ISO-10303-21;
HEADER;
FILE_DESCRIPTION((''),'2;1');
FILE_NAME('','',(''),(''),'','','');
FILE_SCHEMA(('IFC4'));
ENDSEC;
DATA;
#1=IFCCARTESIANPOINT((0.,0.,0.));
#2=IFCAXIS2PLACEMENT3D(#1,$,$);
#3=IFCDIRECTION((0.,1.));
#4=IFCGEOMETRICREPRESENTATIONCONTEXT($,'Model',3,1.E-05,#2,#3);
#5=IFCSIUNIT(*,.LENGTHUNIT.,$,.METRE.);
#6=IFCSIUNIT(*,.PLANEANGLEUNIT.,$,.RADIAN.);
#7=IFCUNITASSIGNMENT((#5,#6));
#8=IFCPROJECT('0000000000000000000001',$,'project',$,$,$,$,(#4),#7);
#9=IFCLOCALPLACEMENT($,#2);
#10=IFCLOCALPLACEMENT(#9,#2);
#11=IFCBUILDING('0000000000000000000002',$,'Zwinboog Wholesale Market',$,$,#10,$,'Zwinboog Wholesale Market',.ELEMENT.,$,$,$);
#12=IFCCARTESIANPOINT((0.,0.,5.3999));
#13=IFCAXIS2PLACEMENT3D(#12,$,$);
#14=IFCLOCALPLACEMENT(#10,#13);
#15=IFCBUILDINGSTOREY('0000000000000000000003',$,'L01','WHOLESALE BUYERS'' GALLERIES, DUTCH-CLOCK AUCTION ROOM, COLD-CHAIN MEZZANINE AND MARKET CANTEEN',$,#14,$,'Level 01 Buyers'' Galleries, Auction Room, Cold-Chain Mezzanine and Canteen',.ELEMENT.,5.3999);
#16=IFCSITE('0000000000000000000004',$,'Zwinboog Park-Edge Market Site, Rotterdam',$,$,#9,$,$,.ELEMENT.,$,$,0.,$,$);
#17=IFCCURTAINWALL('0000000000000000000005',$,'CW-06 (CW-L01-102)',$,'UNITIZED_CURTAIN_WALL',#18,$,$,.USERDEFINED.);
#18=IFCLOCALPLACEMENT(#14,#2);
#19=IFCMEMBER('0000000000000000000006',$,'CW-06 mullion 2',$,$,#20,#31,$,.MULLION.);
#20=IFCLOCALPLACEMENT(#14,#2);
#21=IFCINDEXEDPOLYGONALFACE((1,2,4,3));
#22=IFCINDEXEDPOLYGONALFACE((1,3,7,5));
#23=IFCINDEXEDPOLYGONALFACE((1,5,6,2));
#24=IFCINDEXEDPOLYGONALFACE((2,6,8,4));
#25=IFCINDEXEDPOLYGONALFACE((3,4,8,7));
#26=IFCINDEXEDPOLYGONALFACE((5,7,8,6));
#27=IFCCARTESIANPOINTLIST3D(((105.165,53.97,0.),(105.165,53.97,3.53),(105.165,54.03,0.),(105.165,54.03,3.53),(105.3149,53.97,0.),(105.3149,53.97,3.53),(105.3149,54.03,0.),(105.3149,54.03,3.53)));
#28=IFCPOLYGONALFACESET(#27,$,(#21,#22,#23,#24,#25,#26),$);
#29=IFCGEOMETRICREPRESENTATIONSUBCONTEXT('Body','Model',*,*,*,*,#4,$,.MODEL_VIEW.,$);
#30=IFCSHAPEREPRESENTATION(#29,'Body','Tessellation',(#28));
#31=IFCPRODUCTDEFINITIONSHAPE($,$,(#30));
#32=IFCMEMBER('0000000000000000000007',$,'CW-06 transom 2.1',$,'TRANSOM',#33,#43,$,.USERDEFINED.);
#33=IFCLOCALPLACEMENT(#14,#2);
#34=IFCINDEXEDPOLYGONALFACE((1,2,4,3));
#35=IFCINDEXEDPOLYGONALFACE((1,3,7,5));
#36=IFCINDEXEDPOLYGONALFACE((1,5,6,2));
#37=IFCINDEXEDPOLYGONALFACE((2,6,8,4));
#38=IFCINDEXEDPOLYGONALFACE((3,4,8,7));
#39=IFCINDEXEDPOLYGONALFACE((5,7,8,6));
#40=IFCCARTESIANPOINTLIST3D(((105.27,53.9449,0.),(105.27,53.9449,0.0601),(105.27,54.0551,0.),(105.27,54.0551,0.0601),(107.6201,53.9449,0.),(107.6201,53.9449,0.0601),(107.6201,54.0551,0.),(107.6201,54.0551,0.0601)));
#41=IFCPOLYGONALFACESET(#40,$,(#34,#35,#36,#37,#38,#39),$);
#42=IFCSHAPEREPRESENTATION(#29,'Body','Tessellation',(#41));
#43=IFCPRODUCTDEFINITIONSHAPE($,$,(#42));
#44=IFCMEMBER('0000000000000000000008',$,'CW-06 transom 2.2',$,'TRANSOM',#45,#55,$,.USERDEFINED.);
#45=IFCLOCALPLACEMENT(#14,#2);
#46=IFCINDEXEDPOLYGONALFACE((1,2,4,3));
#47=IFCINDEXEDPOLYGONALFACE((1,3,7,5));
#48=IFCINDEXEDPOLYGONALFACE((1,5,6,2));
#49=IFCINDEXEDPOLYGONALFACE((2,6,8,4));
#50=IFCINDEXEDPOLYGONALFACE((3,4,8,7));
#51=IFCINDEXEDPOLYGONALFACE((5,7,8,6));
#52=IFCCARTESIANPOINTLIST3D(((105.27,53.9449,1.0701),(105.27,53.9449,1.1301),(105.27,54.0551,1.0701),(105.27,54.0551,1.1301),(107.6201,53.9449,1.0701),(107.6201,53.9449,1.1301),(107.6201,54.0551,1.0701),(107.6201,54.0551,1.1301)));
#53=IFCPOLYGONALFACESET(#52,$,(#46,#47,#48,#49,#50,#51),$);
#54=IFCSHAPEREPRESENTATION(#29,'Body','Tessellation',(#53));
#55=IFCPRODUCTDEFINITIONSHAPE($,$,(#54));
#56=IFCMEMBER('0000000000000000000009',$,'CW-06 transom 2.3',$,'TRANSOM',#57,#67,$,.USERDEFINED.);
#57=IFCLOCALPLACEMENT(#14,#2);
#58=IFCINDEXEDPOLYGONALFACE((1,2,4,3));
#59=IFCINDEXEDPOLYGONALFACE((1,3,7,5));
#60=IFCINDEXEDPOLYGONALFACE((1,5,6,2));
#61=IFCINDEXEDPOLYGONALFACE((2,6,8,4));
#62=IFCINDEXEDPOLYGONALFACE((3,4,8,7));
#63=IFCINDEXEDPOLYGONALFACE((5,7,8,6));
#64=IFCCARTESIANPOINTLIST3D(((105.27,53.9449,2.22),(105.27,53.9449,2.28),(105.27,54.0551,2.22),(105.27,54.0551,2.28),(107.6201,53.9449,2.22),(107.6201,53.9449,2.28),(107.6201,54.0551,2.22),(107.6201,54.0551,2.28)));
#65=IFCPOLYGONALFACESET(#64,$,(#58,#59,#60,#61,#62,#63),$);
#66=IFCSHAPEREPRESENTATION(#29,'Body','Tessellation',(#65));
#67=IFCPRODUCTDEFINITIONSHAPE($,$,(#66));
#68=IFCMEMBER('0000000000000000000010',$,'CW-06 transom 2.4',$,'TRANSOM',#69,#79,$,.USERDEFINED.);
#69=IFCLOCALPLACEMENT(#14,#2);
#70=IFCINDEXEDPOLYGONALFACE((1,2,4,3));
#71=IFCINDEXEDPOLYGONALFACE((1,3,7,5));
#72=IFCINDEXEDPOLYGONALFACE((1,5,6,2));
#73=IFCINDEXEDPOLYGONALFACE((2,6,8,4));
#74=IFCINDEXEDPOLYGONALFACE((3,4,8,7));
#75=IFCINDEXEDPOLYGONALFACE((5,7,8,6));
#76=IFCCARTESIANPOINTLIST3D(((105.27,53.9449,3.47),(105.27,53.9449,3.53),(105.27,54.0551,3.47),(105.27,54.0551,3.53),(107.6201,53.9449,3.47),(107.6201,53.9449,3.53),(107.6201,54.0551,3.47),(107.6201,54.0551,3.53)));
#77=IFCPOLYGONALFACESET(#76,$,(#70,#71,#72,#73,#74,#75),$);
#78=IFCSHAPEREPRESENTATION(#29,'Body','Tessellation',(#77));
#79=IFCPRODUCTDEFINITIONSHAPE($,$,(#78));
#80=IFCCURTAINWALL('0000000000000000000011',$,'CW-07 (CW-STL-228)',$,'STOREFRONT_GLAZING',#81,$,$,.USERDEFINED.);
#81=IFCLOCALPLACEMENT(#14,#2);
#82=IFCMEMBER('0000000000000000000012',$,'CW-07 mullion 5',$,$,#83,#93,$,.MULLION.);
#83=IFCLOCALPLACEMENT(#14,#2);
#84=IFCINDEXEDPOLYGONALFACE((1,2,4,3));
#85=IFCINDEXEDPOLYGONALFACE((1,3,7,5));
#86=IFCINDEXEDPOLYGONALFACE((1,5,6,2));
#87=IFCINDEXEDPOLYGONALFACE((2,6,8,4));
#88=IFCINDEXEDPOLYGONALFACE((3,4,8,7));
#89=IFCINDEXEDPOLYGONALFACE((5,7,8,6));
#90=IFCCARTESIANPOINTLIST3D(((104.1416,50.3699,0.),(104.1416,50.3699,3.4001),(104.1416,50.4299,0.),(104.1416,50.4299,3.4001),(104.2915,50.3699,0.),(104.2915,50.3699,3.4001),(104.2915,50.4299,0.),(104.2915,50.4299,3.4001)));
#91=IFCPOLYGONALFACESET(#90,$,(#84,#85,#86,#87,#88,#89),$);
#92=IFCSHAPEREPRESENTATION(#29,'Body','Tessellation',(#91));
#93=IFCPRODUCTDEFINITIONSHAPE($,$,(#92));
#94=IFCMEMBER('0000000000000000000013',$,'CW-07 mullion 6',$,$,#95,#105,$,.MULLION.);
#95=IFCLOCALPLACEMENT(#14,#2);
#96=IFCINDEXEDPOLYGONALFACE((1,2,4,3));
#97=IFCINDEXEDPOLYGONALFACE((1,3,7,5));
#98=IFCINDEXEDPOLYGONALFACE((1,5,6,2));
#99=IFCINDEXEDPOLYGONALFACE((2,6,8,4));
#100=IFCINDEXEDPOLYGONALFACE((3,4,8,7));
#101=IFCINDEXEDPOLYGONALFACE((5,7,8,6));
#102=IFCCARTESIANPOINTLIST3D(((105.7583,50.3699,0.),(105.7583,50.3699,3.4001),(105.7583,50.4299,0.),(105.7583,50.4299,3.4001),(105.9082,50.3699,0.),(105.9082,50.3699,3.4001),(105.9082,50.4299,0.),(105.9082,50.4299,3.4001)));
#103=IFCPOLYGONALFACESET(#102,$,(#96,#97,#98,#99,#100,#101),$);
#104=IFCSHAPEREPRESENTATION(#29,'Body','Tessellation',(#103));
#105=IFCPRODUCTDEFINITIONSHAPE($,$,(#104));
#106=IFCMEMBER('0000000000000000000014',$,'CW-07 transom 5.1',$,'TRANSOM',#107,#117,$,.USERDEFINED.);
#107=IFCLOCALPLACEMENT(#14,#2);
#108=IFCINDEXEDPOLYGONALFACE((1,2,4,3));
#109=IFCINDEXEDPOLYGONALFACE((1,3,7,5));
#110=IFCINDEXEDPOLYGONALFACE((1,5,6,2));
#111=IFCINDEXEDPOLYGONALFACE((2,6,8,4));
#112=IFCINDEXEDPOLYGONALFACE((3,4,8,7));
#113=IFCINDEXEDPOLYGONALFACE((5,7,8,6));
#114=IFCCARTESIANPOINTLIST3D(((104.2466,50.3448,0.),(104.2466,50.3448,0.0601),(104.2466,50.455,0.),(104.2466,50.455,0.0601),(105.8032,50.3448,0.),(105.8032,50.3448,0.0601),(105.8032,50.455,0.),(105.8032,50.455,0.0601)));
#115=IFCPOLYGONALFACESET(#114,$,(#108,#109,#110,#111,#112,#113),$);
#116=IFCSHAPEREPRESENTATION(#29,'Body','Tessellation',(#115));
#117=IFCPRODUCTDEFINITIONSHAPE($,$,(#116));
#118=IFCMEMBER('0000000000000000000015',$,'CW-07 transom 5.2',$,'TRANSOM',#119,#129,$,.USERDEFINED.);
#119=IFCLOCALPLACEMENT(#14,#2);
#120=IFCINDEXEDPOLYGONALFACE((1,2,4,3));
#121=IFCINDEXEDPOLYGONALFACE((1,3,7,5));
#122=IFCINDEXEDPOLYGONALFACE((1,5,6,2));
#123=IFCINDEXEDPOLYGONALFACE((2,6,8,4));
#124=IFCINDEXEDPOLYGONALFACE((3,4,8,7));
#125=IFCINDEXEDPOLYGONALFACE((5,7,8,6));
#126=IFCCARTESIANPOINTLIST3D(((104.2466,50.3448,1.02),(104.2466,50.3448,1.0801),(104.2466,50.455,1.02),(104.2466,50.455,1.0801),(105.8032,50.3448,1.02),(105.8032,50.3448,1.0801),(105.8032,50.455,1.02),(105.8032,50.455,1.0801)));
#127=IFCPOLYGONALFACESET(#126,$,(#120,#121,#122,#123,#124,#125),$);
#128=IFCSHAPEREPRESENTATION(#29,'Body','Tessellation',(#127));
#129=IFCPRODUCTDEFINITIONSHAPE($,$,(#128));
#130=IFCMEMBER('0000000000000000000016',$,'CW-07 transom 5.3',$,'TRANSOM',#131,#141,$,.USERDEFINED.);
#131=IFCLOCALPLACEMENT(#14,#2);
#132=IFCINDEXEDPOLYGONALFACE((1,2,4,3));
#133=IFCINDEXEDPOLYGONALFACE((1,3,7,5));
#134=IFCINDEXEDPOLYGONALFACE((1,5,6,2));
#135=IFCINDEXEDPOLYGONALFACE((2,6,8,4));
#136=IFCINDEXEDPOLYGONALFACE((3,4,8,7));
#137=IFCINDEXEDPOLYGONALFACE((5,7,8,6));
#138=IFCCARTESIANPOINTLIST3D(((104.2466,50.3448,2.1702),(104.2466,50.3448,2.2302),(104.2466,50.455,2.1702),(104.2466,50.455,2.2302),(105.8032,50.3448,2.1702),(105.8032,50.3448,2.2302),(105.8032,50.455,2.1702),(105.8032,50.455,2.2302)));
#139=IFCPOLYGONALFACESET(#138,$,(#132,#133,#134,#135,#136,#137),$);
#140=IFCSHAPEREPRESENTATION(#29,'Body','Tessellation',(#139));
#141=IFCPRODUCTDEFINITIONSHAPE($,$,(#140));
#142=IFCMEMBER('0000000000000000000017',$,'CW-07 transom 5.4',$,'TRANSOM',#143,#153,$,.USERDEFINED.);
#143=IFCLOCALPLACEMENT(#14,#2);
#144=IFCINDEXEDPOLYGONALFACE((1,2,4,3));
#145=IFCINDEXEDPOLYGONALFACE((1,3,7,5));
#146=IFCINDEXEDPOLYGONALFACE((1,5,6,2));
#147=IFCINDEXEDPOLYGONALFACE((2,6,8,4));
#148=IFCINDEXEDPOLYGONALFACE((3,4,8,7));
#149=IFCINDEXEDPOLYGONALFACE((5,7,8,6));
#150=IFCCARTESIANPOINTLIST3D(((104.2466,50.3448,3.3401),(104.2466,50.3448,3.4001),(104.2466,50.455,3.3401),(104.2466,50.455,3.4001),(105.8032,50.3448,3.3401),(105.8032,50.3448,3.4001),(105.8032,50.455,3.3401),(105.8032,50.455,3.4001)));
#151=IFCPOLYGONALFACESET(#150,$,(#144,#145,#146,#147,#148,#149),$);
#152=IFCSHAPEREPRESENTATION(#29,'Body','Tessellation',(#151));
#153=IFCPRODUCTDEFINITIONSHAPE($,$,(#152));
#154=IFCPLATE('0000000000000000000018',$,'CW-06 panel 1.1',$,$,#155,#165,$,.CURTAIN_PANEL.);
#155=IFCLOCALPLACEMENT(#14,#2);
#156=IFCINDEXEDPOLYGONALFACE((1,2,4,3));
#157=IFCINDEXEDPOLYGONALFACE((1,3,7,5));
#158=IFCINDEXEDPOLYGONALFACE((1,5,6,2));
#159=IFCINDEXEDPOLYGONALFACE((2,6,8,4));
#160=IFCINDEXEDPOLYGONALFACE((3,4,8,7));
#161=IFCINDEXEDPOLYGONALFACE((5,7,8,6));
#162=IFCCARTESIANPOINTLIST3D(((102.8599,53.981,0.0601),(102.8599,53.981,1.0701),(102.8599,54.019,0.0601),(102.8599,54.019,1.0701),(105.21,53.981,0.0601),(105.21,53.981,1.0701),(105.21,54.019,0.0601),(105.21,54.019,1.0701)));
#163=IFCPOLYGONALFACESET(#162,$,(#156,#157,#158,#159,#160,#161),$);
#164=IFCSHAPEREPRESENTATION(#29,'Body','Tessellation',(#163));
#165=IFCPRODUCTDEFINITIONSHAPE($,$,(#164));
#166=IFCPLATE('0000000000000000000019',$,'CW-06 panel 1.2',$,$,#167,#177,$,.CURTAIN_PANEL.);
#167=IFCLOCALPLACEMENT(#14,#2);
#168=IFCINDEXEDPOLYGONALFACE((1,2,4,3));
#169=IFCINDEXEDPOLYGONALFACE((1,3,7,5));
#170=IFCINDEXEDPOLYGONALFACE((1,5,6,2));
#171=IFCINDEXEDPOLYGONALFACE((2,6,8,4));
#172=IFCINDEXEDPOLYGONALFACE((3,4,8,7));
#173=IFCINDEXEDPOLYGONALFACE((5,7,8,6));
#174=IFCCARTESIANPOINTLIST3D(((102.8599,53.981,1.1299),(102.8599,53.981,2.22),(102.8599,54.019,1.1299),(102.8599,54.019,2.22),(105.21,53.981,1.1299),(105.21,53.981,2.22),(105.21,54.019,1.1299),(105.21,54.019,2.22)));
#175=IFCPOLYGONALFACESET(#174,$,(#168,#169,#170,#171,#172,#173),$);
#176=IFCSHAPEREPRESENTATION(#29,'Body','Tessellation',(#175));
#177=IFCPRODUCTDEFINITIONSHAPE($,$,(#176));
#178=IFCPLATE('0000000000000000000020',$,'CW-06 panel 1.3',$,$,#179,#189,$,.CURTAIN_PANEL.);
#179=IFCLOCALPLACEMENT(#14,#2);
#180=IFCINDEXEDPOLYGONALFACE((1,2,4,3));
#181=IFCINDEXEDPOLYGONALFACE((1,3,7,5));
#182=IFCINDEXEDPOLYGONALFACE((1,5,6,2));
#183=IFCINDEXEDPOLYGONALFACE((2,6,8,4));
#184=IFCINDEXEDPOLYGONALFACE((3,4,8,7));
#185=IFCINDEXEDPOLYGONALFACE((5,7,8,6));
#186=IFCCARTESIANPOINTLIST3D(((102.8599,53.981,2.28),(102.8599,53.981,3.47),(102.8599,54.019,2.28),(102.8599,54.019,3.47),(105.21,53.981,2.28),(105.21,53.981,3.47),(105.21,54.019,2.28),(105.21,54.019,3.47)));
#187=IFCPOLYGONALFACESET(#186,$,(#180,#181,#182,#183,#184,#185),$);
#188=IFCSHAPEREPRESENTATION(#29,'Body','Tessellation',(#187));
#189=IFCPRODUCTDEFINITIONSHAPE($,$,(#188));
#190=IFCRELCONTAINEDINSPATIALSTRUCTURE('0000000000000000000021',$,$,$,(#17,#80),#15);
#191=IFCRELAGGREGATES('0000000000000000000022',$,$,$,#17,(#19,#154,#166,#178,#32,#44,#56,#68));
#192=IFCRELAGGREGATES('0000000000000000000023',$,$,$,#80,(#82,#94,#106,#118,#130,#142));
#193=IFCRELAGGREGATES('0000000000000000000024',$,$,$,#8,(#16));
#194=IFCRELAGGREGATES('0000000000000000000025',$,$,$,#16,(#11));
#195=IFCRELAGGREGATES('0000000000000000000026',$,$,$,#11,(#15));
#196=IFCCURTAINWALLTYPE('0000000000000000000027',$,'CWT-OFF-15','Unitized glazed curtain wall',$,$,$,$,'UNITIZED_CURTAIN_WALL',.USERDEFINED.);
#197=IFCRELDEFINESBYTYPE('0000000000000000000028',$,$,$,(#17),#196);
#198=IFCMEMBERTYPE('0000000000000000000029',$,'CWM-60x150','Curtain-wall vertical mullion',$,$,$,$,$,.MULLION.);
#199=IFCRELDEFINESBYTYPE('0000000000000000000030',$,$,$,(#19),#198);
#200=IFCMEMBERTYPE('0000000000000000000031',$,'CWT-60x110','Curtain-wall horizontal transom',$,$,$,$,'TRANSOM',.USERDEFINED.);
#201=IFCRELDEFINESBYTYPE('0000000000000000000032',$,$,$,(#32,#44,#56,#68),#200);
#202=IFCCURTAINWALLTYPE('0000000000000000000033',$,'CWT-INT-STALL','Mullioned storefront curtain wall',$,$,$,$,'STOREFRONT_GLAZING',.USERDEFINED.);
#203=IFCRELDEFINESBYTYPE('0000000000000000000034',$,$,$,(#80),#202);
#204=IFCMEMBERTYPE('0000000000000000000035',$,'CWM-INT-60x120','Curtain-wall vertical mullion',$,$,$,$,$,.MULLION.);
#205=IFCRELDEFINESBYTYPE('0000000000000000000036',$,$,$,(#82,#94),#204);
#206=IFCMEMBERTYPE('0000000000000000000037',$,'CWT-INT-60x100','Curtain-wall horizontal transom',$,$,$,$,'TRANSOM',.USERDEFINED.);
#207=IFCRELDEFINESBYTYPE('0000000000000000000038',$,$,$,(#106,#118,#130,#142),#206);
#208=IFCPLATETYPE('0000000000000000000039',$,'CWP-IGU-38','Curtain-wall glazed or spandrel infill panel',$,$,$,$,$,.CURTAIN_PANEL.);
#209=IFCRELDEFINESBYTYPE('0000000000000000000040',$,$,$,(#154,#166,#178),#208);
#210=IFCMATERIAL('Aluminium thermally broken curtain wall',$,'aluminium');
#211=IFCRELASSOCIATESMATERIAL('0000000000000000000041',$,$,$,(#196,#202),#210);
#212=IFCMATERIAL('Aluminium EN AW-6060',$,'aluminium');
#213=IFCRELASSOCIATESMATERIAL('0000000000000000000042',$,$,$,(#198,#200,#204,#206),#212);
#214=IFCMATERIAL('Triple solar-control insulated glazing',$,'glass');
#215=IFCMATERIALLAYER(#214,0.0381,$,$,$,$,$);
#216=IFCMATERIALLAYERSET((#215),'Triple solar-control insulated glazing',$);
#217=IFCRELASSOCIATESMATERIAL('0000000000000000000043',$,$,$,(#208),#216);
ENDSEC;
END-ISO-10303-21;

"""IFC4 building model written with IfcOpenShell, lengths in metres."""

from ifc_helpers import new_model, si_unit, direction, frame, origin, origin_2d, place, context, subcontext, project, spatial, rectangle, extrude, material, layer, layer_set, material_profile, profile_set, type_object, element, aggregate, save


model = new_model("IFC4")

# Units and contexts
model_context = context("Model", 3, precision=1e-05, world=origin(), true_north=direction((0.0, 1.0)))
body_context = subcontext(model_context, "Body", "Model", "MODEL_VIEW")
ifc_project = project(units=[si_unit("LENGTHUNIT", "METRE"), si_unit("PLANEANGLEUNIT", "RADIAN")], contexts=[model_context])

# Site, building, storey
site_placement = place(None, origin())
site = spatial("IfcSite", under=ifc_project, at=site_placement, Name="Zwinboog Park-Edge Market Site, Rotterdam", CompositionType="ELEMENT", RefElevation=0.0)
building_placement = place(site_placement, origin())
building = spatial("IfcBuilding", under=site, at=building_placement, Name="Zwinboog Wholesale Market", LongName="Zwinboog Wholesale Market", CompositionType="ELEMENT")
storey_placement = place(building_placement, frame((0.0, 0.0, 5.3999)))
storey = spatial("IfcBuildingStorey", under=building, at=storey_placement, Name="L01", Description="WHOLESALE BUYERS' GALLERIES, DUTCH-CLOCK AUCTION ROOM, COLD-CHAIN MEZZANINE AND MARKET CANTEEN", LongName="Level 01 Buyers' Galleries, Auction Room, Cold-Chain Mezzanine and Canteen", CompositionType="ELEMENT", Elevation=5.3999)

# Curtain walls, members
ifc_material_1 = material(Name="Aluminium thermally broken curtain wall", Category="aluminium")
curtain_wall_type_1 = type_object("IfcCurtainWallType", Name="CWT-OFF-15", Description="Unitized glazed curtain wall", ElementType="UNITIZED_CURTAIN_WALL", PredefinedType="USERDEFINED", material=ifc_material_1)
curtain_wall_1_placement = place(storey_placement, origin())
curtain_wall_1 = element("IfcCurtainWall", 1, at=curtain_wall_1_placement, inside=storey, type_object=curtain_wall_type_1, Name="CW-06 (CW-L01-102)", ObjectType="UNITIZED_CURTAIN_WALL", PredefinedType="USERDEFINED")
ifc_material_2 = material(Name="Aluminium EN AW-6060", Category="aluminium")
ifc_material_profile_1 = material_profile(ifc_material_2, rectangle(XDim=0.0601, YDim=0.1499, at=origin_2d()), Name="AL 60x150")
ifc_profile_set_1 = profile_set([ifc_material_profile_1], Name="Aluminium EN AW-6060")
member_type_1 = type_object("IfcMemberType", Name="CWM-60x150", Description="Curtain-wall vertical mullion", PredefinedType="MULLION", material=ifc_profile_set_1)
member_1_placement = place(storey_placement, frame((105.24, 54.0, 0.0), z_axis=(0.0, 0.0, 1.0), x_axis=(0.0, 1.0, 0.0)))
member_1 = element("IfcMember", 2, at=member_1_placement, type_object=member_type_1, Name="CW-06 mullion 2", PredefinedType="MULLION", context=body_context, shape_type="SweptSolid", body=[
    extrude(rectangle(XDim=0.0601, YDim=0.1499, at=origin_2d()), origin(), (0.0, 0.0, 1.0), 3.53),
])
ifc_material_profile_2 = material_profile(ifc_material_2, rectangle(XDim=0.1101, YDim=0.0601, at=origin_2d()), Name="AL 60x110")
ifc_profile_set_2 = profile_set([ifc_material_profile_2], Name="Aluminium EN AW-6060")
member_type_2 = type_object("IfcMemberType", Name="CWT-60x110", Description="Curtain-wall horizontal transom", ElementType="TRANSOM", PredefinedType="USERDEFINED", material=ifc_profile_set_2)
member_2_placement = place(storey_placement, frame((105.27, 54.0, 0.03), z_axis=(1.0, 0.0, 0.0), x_axis=(0.0, 1.0, 0.0)))
member_2 = element("IfcMember", 3, at=member_2_placement, type_object=member_type_2, Name="CW-06 transom 2.1", ObjectType="TRANSOM", PredefinedType="USERDEFINED", context=body_context, shape_type="SweptSolid", body=[
    extrude(rectangle(XDim=0.1101, YDim=0.0601, at=origin_2d()), origin(), (0.0, 0.0, 1.0), 2.3501),
])
member_3_placement = place(storey_placement, frame((105.27, 54.0, 1.1001), z_axis=(1.0, 0.0, 0.0), x_axis=(0.0, 1.0, 0.0)))
member_3 = element("IfcMember", 4, at=member_3_placement, type_object=member_type_2, Name="CW-06 transom 2.2", ObjectType="TRANSOM", PredefinedType="USERDEFINED", context=body_context, shape_type="SweptSolid", body=[
    extrude(rectangle(XDim=0.1101, YDim=0.0601, at=origin_2d()), origin(), (0.0, 0.0, 1.0), 2.3501),
])
member_4_placement = place(storey_placement, frame((105.27, 54.0, 2.25), z_axis=(1.0, 0.0, 0.0), x_axis=(0.0, 1.0, 0.0)))
member_4 = element("IfcMember", 5, at=member_4_placement, type_object=member_type_2, Name="CW-06 transom 2.3", ObjectType="TRANSOM", PredefinedType="USERDEFINED", context=body_context, shape_type="SweptSolid", body=[
    extrude(rectangle(XDim=0.1101, YDim=0.0601, at=origin_2d()), origin(), (0.0, 0.0, 1.0), 2.3501),
])
member_5_placement = place(storey_placement, frame((105.27, 54.0, 3.5), z_axis=(1.0, 0.0, 0.0), x_axis=(0.0, 1.0, 0.0)))
member_5 = element("IfcMember", 6, at=member_5_placement, type_object=member_type_2, Name="CW-06 transom 2.4", ObjectType="TRANSOM", PredefinedType="USERDEFINED", context=body_context, shape_type="SweptSolid", body=[
    extrude(rectangle(XDim=0.1101, YDim=0.0601, at=origin_2d()), origin(), (0.0, 0.0, 1.0), 2.3501),
])
curtain_wall_type_2 = type_object("IfcCurtainWallType", Name="CWT-INT-STALL", Description="Mullioned storefront curtain wall", ElementType="STOREFRONT_GLAZING", PredefinedType="USERDEFINED", material=ifc_material_1)
curtain_wall_2_placement = place(storey_placement, origin())
curtain_wall_2 = element("IfcCurtainWall", 7, at=curtain_wall_2_placement, inside=storey, type_object=curtain_wall_type_2, Name="CW-07 (CW-STL-228)", ObjectType="STOREFRONT_GLAZING", PredefinedType="USERDEFINED")
ifc_material_profile_3 = material_profile(ifc_material_2, rectangle(XDim=0.0601, YDim=0.1499, at=origin_2d()), Name="AL 60x150")
ifc_profile_set_3 = profile_set([ifc_material_profile_3], Name="Aluminium EN AW-6060")
member_type_3 = type_object("IfcMemberType", Name="CWM-INT-60x120", Description="Curtain-wall vertical mullion", PredefinedType="MULLION", material=ifc_profile_set_3)
member_6_placement = place(storey_placement, frame((104.2166, 50.3999, 0.0), z_axis=(0.0, 0.0, 1.0), x_axis=(0.0, 1.0, 0.0)))
member_6 = element("IfcMember", 8, at=member_6_placement, type_object=member_type_3, Name="CW-07 mullion 5", PredefinedType="MULLION", context=body_context, shape_type="SweptSolid", body=[
    extrude(rectangle(XDim=0.0601, YDim=0.1499, at=origin_2d()), origin(), (0.0, 0.0, 1.0), 3.4001),
])
member_7_placement = place(storey_placement, frame((105.8333, 50.3999, 0.0), z_axis=(0.0, 0.0, 1.0), x_axis=(0.0, 1.0, 0.0)))
member_7 = element("IfcMember", 9, at=member_7_placement, type_object=member_type_3, Name="CW-07 mullion 6", PredefinedType="MULLION", context=body_context, shape_type="SweptSolid", body=[
    extrude(rectangle(XDim=0.0601, YDim=0.1499, at=origin_2d()), origin(), (0.0, 0.0, 1.0), 3.4001),
])
ifc_material_profile_4 = material_profile(ifc_material_2, rectangle(XDim=0.1101, YDim=0.0601, at=origin_2d()), Name="AL 60x110")
ifc_profile_set_4 = profile_set([ifc_material_profile_4], Name="Aluminium EN AW-6060")
member_type_4 = type_object("IfcMemberType", Name="CWT-INT-60x100", Description="Curtain-wall horizontal transom", ElementType="TRANSOM", PredefinedType="USERDEFINED", material=ifc_profile_set_4)
member_8_placement = place(storey_placement, frame((104.2466, 50.3999, 0.03), z_axis=(1.0, 0.0, 0.0), x_axis=(0.0, 1.0, 0.0)))
member_8 = element("IfcMember", 10, at=member_8_placement, type_object=member_type_4, Name="CW-07 transom 5.1", ObjectType="TRANSOM", PredefinedType="USERDEFINED", context=body_context, shape_type="SweptSolid", body=[
    extrude(rectangle(XDim=0.1101, YDim=0.0601, at=origin_2d()), origin(), (0.0, 0.0, 1.0), 1.5566),
])
member_9_placement = place(storey_placement, frame((104.2466, 50.3999, 1.05), z_axis=(1.0, 0.0, 0.0), x_axis=(0.0, 1.0, 0.0)))
member_9 = element("IfcMember", 11, at=member_9_placement, type_object=member_type_4, Name="CW-07 transom 5.2", ObjectType="TRANSOM", PredefinedType="USERDEFINED", context=body_context, shape_type="SweptSolid", body=[
    extrude(rectangle(XDim=0.1101, YDim=0.0601, at=origin_2d()), origin(), (0.0, 0.0, 1.0), 1.5566),
])
member_10_placement = place(storey_placement, frame((104.2466, 50.3999, 2.2002), z_axis=(1.0, 0.0, 0.0), x_axis=(0.0, 1.0, 0.0)))
member_10 = element("IfcMember", 12, at=member_10_placement, type_object=member_type_4, Name="CW-07 transom 5.3", ObjectType="TRANSOM", PredefinedType="USERDEFINED", context=body_context, shape_type="SweptSolid", body=[
    extrude(rectangle(XDim=0.1101, YDim=0.0601, at=origin_2d()), origin(), (0.0, 0.0, 1.0), 1.5566),
])
member_11_placement = place(storey_placement, frame((104.2466, 50.3999, 3.3701), z_axis=(1.0, 0.0, 0.0), x_axis=(0.0, 1.0, 0.0)))
member_11 = element("IfcMember", 13, at=member_11_placement, type_object=member_type_4, Name="CW-07 transom 5.4", ObjectType="TRANSOM", PredefinedType="USERDEFINED", context=body_context, shape_type="SweptSolid", body=[
    extrude(rectangle(XDim=0.1101, YDim=0.0601, at=origin_2d()), origin(), (0.0, 0.0, 1.0), 1.5566),
])

# Plates
ifc_material_3 = material(Name="Triple solar-control insulated glazing", Category="glass")
ifc_layer_1 = layer(ifc_material_3, 0.0381)
ifc_layer_set_1 = layer_set([ifc_layer_1], Name="Triple solar-control insulated glazing")
plate_type_1 = type_object("IfcPlateType", Name="CWP-IGU-38", Description="Curtain-wall glazed or spandrel infill panel", PredefinedType="CURTAIN_PANEL", material=ifc_layer_set_1)
plate_1_placement = place(storey_placement, frame((104.0349, 54.0, 0.0601), z_axis=(0.0, 0.0, 1.0), x_axis=(1.0, 0.0, 0.0)))
plate_1 = element("IfcPlate", 14, at=plate_1_placement, type_object=plate_type_1, Name="CW-06 panel 1.1", PredefinedType="CURTAIN_PANEL", context=body_context, shape_type="SweptSolid", body=[
    extrude(rectangle(XDim=2.3501, YDim=0.0381, at=origin_2d()), origin(), (0.0, 0.0, 1.0), 1.01),
])
plate_2_placement = place(storey_placement, frame((104.0349, 54.0, 1.1299), z_axis=(0.0, 0.0, 1.0), x_axis=(1.0, 0.0, 0.0)))
plate_2 = element("IfcPlate", 15, at=plate_2_placement, type_object=plate_type_1, Name="CW-06 panel 1.2", PredefinedType="CURTAIN_PANEL", context=body_context, shape_type="SweptSolid", body=[
    extrude(rectangle(XDim=2.3501, YDim=0.0381, at=origin_2d()), origin(), (0.0, 0.0, 1.0), 1.0901),
])
plate_3_placement = place(storey_placement, frame((104.0349, 54.0, 2.28), z_axis=(0.0, 0.0, 1.0), x_axis=(1.0, 0.0, 0.0)))
plate_3 = element("IfcPlate", 16, at=plate_3_placement, type_object=plate_type_1, Name="CW-06 panel 1.3", PredefinedType="CURTAIN_PANEL", context=body_context, shape_type="SweptSolid", body=[
    extrude(rectangle(XDim=2.3501, YDim=0.0381, at=origin_2d()), origin(), (0.0, 0.0, 1.0), 1.1899),
])
aggregate(curtain_wall_1, [member_1, plate_1, plate_2, plate_3, member_2, member_3, member_4, member_5])
aggregate(curtain_wall_2, [member_6, member_7, member_8, member_9, member_10, member_11])

save(model, "model.ifc")
